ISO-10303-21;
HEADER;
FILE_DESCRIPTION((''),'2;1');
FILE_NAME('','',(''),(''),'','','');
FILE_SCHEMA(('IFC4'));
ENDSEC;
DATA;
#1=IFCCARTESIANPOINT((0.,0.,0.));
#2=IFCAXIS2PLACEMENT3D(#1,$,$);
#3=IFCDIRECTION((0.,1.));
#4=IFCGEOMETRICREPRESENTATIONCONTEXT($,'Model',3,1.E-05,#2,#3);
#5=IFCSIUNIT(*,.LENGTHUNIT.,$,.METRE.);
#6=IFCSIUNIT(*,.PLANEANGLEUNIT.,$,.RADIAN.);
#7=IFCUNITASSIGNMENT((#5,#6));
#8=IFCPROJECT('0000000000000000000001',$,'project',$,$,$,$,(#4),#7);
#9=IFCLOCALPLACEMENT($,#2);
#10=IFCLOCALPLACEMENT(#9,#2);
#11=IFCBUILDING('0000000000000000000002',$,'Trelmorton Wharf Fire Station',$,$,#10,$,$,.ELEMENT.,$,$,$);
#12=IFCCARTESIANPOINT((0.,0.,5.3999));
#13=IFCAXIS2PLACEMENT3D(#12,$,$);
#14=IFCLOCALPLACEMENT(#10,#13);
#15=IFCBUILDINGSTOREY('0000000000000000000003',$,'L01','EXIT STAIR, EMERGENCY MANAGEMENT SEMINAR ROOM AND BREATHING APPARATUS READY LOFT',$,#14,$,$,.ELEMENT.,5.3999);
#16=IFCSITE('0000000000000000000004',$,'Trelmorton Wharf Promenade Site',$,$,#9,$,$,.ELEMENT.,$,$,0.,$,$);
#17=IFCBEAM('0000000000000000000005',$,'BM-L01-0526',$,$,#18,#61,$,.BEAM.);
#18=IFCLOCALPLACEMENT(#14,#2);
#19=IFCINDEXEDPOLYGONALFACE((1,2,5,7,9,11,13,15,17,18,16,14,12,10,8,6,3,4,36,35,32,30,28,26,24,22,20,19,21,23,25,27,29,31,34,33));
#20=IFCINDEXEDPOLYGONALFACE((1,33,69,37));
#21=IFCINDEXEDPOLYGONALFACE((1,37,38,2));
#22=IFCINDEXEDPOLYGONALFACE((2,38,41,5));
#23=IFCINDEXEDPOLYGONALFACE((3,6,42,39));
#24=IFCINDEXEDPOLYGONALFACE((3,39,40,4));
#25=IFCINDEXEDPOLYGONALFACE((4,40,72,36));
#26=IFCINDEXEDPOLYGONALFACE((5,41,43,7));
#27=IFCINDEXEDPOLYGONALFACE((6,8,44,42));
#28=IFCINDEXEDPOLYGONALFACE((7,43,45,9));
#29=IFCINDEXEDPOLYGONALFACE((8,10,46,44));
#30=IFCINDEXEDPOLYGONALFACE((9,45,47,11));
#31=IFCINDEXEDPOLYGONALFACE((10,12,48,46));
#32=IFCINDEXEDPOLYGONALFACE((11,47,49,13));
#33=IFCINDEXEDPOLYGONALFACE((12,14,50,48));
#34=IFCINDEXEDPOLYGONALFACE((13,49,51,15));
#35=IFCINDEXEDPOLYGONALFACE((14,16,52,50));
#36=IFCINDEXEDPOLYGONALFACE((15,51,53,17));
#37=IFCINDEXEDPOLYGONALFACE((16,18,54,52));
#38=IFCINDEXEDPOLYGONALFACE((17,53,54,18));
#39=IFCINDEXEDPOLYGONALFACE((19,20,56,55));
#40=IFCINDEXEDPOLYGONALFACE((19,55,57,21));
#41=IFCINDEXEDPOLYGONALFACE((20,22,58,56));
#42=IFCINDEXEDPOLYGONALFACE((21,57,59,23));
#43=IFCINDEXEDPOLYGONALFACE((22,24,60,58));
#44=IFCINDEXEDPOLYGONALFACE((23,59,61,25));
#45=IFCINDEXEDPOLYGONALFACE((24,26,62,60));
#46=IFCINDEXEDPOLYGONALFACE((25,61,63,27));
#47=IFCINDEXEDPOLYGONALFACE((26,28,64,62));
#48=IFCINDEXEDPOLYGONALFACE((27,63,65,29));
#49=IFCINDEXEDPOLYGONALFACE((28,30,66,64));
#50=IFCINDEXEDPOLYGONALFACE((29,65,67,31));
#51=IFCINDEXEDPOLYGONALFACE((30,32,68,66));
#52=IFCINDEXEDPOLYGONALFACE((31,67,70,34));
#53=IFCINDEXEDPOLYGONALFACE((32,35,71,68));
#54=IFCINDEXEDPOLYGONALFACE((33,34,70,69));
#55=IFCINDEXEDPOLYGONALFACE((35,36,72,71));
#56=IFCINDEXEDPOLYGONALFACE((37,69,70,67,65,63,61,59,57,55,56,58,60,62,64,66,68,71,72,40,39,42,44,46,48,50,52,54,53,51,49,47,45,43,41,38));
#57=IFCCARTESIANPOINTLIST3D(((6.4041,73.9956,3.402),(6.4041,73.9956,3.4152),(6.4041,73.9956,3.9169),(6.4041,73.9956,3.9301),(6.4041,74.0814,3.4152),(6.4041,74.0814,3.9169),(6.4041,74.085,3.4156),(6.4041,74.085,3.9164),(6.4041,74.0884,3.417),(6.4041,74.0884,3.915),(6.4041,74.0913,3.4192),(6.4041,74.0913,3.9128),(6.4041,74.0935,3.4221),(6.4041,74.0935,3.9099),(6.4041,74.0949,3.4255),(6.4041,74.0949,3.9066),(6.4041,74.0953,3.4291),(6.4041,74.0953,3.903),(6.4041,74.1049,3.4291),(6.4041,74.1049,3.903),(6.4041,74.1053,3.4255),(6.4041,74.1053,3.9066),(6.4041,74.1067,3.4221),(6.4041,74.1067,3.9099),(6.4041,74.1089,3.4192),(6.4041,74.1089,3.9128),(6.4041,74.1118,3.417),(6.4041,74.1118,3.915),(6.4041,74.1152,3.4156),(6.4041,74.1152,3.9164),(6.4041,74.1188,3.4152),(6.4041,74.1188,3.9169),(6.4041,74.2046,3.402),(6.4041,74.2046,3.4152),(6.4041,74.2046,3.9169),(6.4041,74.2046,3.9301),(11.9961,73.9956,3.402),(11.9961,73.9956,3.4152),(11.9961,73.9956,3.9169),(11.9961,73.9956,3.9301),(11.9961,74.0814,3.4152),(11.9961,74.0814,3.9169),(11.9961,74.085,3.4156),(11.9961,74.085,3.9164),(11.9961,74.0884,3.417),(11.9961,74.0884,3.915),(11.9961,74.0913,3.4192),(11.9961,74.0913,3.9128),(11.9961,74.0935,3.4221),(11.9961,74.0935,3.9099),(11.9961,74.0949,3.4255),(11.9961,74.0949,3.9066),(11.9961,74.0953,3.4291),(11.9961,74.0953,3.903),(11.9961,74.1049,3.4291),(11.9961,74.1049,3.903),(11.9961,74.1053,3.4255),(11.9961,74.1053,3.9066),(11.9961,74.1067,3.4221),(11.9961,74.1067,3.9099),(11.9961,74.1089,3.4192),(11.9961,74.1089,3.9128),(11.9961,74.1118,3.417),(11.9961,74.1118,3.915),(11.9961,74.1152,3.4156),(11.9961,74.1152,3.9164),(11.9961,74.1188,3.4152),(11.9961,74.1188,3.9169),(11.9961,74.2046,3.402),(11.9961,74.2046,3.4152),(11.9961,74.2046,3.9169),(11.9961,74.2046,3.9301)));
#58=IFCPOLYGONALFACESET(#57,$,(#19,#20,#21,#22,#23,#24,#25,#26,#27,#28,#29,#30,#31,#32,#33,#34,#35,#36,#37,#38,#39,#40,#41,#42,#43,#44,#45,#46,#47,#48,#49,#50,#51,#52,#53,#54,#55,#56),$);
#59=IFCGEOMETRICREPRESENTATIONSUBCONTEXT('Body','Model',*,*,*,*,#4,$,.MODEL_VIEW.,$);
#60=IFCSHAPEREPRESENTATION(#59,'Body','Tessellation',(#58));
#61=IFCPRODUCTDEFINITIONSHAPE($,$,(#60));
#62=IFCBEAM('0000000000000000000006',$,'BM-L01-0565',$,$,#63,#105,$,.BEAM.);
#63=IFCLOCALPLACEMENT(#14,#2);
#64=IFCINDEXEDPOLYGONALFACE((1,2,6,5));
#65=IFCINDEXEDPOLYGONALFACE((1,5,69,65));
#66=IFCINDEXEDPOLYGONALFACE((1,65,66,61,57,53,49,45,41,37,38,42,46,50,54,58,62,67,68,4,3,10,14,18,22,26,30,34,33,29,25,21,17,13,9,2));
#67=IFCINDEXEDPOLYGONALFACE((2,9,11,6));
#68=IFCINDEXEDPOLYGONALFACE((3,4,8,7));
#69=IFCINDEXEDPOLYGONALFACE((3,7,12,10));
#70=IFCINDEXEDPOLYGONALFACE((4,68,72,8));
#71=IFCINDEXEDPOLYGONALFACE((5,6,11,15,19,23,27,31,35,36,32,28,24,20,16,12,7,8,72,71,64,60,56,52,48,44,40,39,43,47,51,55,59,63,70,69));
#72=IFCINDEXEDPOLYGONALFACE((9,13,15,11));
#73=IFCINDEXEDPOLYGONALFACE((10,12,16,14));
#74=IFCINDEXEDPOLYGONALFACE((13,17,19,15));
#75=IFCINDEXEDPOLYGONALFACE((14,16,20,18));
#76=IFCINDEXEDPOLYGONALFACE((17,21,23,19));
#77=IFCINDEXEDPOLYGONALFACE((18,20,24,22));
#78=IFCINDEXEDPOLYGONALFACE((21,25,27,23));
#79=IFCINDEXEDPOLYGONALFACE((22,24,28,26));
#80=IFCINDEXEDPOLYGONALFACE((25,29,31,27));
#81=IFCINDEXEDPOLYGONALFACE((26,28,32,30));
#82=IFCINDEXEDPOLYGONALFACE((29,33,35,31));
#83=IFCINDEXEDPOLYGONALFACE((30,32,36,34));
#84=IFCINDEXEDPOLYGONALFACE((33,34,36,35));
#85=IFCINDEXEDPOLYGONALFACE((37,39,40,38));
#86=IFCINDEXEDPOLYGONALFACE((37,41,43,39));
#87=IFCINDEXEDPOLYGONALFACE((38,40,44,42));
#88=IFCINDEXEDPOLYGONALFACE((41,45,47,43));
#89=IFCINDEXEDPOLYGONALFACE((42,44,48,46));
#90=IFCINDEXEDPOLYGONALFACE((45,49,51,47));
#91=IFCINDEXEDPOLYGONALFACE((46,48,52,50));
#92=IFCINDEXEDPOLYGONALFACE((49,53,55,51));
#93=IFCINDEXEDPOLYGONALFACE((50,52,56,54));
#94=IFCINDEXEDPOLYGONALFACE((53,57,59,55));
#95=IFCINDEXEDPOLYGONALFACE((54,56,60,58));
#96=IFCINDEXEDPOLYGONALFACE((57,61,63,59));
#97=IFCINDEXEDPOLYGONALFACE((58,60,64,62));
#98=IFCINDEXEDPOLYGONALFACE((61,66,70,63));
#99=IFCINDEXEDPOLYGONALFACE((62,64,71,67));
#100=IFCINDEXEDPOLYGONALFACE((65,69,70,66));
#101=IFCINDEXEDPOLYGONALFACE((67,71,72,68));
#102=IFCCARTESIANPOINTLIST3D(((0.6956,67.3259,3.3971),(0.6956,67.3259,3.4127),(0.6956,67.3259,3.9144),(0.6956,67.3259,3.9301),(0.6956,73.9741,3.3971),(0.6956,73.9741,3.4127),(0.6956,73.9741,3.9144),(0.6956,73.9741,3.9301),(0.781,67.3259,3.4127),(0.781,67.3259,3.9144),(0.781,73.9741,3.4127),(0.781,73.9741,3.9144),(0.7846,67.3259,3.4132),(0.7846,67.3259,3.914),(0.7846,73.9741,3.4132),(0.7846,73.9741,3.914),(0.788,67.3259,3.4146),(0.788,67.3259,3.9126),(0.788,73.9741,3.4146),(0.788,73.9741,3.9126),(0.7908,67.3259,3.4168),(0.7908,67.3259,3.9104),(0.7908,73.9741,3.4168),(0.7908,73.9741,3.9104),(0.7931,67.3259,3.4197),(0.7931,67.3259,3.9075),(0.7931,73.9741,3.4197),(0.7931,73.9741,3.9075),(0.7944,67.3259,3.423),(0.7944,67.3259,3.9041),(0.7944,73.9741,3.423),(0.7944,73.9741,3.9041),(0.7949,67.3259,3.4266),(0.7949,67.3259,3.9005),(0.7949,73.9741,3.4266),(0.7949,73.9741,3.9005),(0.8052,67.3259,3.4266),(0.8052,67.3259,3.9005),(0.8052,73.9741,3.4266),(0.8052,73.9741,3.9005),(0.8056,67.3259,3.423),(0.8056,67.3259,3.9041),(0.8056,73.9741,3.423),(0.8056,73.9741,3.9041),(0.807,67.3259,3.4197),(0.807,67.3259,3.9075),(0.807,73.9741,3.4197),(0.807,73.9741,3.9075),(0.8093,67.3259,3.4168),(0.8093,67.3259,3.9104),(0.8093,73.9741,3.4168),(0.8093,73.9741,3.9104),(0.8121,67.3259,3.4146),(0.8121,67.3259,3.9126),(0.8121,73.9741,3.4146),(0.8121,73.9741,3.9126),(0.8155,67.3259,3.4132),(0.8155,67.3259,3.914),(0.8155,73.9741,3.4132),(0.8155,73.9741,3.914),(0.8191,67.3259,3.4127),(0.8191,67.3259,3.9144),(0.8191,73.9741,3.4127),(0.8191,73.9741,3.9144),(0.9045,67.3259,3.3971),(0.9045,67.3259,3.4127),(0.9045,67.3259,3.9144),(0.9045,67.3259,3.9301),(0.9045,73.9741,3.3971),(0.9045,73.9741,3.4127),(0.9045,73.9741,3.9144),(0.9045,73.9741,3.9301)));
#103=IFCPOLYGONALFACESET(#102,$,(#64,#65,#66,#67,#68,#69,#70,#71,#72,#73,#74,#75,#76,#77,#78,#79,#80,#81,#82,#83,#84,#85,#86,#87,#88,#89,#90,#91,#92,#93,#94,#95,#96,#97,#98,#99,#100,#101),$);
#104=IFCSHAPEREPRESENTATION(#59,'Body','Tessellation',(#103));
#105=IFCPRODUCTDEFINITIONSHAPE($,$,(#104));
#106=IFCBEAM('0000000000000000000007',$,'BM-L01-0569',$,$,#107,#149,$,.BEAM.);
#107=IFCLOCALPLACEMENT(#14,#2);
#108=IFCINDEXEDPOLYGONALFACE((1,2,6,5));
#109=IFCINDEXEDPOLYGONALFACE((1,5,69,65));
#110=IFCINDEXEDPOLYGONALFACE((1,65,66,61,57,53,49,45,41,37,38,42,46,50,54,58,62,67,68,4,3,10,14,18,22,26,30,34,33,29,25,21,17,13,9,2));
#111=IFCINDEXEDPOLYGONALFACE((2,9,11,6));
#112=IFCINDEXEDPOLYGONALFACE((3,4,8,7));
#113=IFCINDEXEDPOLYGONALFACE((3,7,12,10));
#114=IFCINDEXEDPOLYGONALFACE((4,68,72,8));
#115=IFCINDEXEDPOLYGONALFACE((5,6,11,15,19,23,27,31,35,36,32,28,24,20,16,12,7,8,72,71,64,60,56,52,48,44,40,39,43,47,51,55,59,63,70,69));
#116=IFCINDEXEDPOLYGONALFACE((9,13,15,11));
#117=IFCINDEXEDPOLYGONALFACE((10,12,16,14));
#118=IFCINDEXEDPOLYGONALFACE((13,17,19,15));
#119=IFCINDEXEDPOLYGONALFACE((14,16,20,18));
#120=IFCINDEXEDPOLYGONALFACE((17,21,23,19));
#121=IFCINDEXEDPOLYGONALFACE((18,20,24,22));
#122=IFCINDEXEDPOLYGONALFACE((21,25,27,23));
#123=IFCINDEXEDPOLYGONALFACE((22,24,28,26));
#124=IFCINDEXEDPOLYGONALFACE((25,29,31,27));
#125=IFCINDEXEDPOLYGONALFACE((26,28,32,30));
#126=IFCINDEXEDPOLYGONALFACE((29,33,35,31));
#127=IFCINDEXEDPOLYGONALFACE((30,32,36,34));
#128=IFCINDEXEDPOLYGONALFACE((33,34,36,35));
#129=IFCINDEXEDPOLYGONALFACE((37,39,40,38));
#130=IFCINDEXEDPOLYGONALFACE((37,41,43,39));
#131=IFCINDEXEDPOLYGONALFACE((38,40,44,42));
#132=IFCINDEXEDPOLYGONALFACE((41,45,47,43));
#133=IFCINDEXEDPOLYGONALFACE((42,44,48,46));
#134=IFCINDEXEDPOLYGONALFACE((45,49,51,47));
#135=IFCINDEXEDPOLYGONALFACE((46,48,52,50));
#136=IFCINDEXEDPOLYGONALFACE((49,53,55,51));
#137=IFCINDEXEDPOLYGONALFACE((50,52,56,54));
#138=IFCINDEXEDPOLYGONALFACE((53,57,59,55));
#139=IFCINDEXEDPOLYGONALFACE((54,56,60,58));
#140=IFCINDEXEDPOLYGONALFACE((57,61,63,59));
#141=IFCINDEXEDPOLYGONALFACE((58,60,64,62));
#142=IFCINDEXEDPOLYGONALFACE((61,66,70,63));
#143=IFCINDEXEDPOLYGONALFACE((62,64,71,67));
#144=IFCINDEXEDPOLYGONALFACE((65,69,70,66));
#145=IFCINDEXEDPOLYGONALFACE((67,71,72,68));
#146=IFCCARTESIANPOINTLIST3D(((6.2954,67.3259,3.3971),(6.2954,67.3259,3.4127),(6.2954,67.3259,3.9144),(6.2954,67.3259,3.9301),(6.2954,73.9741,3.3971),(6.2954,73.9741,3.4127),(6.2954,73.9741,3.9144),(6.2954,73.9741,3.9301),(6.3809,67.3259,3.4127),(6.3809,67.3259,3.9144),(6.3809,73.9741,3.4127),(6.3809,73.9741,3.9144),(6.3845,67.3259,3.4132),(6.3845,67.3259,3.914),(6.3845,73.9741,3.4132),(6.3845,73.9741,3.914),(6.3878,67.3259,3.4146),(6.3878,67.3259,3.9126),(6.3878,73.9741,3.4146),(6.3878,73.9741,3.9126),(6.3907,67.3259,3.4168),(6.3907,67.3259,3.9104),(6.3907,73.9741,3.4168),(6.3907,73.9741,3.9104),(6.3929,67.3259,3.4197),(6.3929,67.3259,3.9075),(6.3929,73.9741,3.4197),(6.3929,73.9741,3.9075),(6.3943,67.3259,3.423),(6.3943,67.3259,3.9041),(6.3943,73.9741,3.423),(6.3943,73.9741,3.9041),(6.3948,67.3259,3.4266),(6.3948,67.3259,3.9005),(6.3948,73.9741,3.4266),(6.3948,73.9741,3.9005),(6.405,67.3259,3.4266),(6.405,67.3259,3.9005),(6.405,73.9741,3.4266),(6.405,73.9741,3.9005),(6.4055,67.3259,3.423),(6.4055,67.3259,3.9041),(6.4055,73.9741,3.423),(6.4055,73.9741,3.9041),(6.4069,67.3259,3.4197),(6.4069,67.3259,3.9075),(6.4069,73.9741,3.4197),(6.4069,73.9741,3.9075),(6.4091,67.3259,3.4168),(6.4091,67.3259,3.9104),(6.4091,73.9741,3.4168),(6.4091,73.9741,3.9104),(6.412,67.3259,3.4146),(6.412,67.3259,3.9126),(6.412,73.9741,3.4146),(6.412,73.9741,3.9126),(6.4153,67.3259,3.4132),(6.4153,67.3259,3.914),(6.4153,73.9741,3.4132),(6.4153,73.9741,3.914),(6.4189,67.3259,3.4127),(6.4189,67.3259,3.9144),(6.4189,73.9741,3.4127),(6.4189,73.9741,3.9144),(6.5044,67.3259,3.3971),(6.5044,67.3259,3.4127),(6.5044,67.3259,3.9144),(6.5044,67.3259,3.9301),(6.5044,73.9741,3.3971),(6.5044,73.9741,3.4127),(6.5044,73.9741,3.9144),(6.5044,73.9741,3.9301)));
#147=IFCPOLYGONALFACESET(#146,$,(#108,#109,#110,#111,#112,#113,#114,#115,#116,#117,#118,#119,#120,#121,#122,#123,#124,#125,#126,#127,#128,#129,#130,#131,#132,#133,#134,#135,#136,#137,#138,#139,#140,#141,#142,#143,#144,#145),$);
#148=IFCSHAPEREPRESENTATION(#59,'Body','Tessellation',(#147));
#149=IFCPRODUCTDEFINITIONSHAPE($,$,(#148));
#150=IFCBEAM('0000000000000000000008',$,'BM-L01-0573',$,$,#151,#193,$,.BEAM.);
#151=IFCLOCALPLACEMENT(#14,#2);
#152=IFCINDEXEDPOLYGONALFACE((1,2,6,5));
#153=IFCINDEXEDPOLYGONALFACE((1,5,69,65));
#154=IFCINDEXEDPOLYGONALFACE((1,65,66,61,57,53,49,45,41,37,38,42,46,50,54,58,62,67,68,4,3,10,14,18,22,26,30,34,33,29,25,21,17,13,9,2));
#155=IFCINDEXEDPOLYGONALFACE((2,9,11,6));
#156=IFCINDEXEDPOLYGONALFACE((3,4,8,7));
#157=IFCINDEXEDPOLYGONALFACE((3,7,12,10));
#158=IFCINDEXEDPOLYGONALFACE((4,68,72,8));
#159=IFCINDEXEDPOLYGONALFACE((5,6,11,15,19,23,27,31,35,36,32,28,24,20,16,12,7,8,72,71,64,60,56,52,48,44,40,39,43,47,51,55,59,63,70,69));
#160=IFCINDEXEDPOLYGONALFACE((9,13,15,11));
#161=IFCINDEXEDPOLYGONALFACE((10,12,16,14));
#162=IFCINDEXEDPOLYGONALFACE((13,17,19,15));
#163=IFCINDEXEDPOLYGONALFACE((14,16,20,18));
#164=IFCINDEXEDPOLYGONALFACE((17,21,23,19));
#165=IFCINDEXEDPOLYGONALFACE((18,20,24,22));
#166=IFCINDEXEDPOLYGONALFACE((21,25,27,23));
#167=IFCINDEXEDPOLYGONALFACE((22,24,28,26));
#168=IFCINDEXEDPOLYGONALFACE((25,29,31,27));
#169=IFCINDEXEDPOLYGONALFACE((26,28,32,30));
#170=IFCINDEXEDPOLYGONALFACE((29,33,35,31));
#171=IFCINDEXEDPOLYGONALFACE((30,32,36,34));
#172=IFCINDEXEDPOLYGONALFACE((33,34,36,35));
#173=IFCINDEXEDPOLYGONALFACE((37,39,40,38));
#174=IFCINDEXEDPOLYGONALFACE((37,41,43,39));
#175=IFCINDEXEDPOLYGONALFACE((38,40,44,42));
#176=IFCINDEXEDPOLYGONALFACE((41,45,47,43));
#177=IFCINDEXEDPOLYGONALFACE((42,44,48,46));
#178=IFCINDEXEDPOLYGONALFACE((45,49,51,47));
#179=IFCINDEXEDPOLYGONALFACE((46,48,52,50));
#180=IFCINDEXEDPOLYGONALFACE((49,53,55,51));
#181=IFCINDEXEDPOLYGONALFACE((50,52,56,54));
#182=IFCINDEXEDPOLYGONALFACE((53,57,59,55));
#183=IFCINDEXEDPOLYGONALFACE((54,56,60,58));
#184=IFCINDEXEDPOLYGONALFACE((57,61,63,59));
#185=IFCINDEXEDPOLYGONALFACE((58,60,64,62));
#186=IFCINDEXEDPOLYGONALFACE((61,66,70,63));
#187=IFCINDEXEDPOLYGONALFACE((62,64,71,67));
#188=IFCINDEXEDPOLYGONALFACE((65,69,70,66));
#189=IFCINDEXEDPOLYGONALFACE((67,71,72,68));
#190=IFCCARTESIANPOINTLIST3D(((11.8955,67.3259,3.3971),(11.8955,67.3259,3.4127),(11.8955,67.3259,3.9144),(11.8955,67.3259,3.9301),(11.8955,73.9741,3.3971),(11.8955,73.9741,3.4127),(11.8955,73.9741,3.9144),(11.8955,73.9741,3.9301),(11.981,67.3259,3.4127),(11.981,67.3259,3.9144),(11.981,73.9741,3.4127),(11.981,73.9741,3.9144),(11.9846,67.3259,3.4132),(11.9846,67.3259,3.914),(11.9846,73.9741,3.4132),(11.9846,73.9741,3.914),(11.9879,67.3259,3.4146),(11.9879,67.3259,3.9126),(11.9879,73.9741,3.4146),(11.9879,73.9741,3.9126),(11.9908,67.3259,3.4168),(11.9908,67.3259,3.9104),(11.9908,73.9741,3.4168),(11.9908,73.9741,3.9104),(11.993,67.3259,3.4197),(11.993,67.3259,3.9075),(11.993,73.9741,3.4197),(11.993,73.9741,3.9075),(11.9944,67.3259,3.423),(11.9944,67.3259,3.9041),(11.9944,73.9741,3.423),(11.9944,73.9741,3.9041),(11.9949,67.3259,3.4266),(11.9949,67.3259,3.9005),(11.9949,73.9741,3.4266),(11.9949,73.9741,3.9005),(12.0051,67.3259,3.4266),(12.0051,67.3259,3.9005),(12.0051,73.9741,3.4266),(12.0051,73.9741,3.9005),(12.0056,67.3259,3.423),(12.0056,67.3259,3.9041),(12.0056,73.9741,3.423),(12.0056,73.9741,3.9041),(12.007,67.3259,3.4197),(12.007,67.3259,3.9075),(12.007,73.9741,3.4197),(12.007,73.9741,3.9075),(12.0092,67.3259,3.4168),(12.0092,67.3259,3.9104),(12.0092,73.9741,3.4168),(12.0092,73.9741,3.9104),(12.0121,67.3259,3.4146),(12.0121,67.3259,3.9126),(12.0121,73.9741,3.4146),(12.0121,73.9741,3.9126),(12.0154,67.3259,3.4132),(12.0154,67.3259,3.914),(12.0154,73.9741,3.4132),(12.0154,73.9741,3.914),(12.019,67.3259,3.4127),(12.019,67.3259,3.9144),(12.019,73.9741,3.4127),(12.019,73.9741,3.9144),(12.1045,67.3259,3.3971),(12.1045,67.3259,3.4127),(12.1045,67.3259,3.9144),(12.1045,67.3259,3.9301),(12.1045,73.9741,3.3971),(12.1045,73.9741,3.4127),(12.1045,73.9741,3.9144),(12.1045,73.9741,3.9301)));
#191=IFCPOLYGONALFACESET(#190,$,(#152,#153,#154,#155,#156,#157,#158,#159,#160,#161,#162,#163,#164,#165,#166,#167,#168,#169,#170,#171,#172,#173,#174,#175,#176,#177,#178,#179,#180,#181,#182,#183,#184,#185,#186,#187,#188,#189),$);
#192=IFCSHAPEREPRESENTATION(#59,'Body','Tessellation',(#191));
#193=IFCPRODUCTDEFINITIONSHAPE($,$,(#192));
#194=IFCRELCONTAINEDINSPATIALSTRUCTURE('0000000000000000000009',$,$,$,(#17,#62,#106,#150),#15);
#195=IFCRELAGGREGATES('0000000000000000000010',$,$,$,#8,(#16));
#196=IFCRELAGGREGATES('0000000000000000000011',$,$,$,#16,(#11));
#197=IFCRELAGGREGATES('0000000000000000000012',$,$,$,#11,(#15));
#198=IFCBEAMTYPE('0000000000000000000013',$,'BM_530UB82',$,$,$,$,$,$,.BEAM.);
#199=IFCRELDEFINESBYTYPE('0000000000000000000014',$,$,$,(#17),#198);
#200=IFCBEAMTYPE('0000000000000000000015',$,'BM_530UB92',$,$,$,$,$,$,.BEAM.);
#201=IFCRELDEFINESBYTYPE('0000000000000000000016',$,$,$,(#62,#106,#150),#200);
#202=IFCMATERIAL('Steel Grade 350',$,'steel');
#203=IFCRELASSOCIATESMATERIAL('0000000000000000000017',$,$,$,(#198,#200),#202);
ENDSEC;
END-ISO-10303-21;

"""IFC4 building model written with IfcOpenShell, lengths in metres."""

from ifc_helpers import new_model, si_unit, direction, frame, origin, origin_2d, place, context, subcontext, project, spatial, i_section, extrude, material, material_profile, profile_set, type_object, element, save


model = new_model("IFC4")

# Units and contexts
model_context = context("Model", 3, precision=1e-05, world=origin(), true_north=direction((0.0, 1.0)))
body_context = subcontext(model_context, "Body", "Model", "MODEL_VIEW")
ifc_project = project(units=[si_unit("LENGTHUNIT", "METRE"), si_unit("PLANEANGLEUNIT", "RADIAN")], contexts=[model_context])

# Site, building, storey
site_placement = place(None, origin())
site = spatial("IfcSite", under=ifc_project, at=site_placement, Name="Trelmorton Wharf Promenade Site", CompositionType="ELEMENT", RefElevation=0.0)
building_placement = place(site_placement, origin())
building = spatial("IfcBuilding", under=site, at=building_placement, Name="Trelmorton Wharf Fire Station", CompositionType="ELEMENT")
storey_placement = place(building_placement, frame((0.0, 0.0, 5.3999)))
storey = spatial("IfcBuildingStorey", under=building, at=storey_placement, Name="L01", Description="EXIT STAIR, EMERGENCY MANAGEMENT SEMINAR ROOM AND BREATHING APPARATUS READY LOFT", CompositionType="ELEMENT", Elevation=5.3999)

# Shared definitions
ifc_material_1 = material(Name="Steel Grade 350", Category="steel")

# Beams
ifc_material_profile_1 = material_profile(ifc_material_1, i_section(OverallWidth=0.209, OverallDepth=0.5281, WebThickness=0.0095, FlangeThickness=0.0132, FilletRadius=0.0139, at=origin_2d()), Name="530UB82.0")
ifc_profile_set_1 = profile_set([ifc_material_profile_1], Name="Steel Grade 350")
beam_type_1 = type_object("IfcBeamType", Name="BM_530UB82", PredefinedType="BEAM", material=ifc_profile_set_1)
for number, where, z_axis, x_axis, name in (
    (1, (6.4041, 74.1001, 3.666), (1.0, 0.0, 0.0), (0.0, 1.0, 0.0), "BM-L01-0526"),
):
    element("IfcBeam", number, at=place(storey_placement, frame(where, z_axis=z_axis, x_axis=x_axis)), inside=storey, type_object=beam_type_1, Name=name, PredefinedType="BEAM", context=body_context, shape_type="SweptSolid", body=[
        extrude(i_section(OverallWidth=0.209, OverallDepth=0.5281, WebThickness=0.0095, FlangeThickness=0.0132, FilletRadius=0.0139, at=origin_2d()), origin(), (0.0, 0.0, 1.0), 5.592),
    ])
ifc_material_profile_2 = material_profile(ifc_material_1, i_section(OverallWidth=0.209, OverallDepth=0.533, WebThickness=0.0103, FlangeThickness=0.0156, FilletRadius=0.0139, at=origin_2d()), Name="530UB92.4")
ifc_profile_set_2 = profile_set([ifc_material_profile_2], Name="Steel Grade 350")
beam_type_2 = type_object("IfcBeamType", Name="BM_530UB92", PredefinedType="BEAM", material=ifc_profile_set_2)
for number, where, z_axis, x_axis, name in (
    (2, (0.8, 67.3259, 3.6636), (0.0, 1.0, 0.0), (-1.0, 0.0, 0.0), "BM-L01-0565"),
    (3, (6.3999, 67.3259, 3.6636), (0.0, 1.0, 0.0), (-1.0, 0.0, 0.0), "BM-L01-0569"),
    (4, (12.0, 67.3259, 3.6636), (0.0, 1.0, 0.0), (-1.0, 0.0, 0.0), "BM-L01-0573"),
):
    element("IfcBeam", number, at=place(storey_placement, frame(where, z_axis=z_axis, x_axis=x_axis)), inside=storey, type_object=beam_type_2, Name=name, PredefinedType="BEAM", context=body_context, shape_type="SweptSolid", body=[
        extrude(i_section(OverallWidth=0.209, OverallDepth=0.533, WebThickness=0.0103, FlangeThickness=0.0156, FilletRadius=0.0139, at=origin_2d()), origin(), (0.0, 0.0, 1.0), 6.6482),
    ])

save(model, "model.ifc")
